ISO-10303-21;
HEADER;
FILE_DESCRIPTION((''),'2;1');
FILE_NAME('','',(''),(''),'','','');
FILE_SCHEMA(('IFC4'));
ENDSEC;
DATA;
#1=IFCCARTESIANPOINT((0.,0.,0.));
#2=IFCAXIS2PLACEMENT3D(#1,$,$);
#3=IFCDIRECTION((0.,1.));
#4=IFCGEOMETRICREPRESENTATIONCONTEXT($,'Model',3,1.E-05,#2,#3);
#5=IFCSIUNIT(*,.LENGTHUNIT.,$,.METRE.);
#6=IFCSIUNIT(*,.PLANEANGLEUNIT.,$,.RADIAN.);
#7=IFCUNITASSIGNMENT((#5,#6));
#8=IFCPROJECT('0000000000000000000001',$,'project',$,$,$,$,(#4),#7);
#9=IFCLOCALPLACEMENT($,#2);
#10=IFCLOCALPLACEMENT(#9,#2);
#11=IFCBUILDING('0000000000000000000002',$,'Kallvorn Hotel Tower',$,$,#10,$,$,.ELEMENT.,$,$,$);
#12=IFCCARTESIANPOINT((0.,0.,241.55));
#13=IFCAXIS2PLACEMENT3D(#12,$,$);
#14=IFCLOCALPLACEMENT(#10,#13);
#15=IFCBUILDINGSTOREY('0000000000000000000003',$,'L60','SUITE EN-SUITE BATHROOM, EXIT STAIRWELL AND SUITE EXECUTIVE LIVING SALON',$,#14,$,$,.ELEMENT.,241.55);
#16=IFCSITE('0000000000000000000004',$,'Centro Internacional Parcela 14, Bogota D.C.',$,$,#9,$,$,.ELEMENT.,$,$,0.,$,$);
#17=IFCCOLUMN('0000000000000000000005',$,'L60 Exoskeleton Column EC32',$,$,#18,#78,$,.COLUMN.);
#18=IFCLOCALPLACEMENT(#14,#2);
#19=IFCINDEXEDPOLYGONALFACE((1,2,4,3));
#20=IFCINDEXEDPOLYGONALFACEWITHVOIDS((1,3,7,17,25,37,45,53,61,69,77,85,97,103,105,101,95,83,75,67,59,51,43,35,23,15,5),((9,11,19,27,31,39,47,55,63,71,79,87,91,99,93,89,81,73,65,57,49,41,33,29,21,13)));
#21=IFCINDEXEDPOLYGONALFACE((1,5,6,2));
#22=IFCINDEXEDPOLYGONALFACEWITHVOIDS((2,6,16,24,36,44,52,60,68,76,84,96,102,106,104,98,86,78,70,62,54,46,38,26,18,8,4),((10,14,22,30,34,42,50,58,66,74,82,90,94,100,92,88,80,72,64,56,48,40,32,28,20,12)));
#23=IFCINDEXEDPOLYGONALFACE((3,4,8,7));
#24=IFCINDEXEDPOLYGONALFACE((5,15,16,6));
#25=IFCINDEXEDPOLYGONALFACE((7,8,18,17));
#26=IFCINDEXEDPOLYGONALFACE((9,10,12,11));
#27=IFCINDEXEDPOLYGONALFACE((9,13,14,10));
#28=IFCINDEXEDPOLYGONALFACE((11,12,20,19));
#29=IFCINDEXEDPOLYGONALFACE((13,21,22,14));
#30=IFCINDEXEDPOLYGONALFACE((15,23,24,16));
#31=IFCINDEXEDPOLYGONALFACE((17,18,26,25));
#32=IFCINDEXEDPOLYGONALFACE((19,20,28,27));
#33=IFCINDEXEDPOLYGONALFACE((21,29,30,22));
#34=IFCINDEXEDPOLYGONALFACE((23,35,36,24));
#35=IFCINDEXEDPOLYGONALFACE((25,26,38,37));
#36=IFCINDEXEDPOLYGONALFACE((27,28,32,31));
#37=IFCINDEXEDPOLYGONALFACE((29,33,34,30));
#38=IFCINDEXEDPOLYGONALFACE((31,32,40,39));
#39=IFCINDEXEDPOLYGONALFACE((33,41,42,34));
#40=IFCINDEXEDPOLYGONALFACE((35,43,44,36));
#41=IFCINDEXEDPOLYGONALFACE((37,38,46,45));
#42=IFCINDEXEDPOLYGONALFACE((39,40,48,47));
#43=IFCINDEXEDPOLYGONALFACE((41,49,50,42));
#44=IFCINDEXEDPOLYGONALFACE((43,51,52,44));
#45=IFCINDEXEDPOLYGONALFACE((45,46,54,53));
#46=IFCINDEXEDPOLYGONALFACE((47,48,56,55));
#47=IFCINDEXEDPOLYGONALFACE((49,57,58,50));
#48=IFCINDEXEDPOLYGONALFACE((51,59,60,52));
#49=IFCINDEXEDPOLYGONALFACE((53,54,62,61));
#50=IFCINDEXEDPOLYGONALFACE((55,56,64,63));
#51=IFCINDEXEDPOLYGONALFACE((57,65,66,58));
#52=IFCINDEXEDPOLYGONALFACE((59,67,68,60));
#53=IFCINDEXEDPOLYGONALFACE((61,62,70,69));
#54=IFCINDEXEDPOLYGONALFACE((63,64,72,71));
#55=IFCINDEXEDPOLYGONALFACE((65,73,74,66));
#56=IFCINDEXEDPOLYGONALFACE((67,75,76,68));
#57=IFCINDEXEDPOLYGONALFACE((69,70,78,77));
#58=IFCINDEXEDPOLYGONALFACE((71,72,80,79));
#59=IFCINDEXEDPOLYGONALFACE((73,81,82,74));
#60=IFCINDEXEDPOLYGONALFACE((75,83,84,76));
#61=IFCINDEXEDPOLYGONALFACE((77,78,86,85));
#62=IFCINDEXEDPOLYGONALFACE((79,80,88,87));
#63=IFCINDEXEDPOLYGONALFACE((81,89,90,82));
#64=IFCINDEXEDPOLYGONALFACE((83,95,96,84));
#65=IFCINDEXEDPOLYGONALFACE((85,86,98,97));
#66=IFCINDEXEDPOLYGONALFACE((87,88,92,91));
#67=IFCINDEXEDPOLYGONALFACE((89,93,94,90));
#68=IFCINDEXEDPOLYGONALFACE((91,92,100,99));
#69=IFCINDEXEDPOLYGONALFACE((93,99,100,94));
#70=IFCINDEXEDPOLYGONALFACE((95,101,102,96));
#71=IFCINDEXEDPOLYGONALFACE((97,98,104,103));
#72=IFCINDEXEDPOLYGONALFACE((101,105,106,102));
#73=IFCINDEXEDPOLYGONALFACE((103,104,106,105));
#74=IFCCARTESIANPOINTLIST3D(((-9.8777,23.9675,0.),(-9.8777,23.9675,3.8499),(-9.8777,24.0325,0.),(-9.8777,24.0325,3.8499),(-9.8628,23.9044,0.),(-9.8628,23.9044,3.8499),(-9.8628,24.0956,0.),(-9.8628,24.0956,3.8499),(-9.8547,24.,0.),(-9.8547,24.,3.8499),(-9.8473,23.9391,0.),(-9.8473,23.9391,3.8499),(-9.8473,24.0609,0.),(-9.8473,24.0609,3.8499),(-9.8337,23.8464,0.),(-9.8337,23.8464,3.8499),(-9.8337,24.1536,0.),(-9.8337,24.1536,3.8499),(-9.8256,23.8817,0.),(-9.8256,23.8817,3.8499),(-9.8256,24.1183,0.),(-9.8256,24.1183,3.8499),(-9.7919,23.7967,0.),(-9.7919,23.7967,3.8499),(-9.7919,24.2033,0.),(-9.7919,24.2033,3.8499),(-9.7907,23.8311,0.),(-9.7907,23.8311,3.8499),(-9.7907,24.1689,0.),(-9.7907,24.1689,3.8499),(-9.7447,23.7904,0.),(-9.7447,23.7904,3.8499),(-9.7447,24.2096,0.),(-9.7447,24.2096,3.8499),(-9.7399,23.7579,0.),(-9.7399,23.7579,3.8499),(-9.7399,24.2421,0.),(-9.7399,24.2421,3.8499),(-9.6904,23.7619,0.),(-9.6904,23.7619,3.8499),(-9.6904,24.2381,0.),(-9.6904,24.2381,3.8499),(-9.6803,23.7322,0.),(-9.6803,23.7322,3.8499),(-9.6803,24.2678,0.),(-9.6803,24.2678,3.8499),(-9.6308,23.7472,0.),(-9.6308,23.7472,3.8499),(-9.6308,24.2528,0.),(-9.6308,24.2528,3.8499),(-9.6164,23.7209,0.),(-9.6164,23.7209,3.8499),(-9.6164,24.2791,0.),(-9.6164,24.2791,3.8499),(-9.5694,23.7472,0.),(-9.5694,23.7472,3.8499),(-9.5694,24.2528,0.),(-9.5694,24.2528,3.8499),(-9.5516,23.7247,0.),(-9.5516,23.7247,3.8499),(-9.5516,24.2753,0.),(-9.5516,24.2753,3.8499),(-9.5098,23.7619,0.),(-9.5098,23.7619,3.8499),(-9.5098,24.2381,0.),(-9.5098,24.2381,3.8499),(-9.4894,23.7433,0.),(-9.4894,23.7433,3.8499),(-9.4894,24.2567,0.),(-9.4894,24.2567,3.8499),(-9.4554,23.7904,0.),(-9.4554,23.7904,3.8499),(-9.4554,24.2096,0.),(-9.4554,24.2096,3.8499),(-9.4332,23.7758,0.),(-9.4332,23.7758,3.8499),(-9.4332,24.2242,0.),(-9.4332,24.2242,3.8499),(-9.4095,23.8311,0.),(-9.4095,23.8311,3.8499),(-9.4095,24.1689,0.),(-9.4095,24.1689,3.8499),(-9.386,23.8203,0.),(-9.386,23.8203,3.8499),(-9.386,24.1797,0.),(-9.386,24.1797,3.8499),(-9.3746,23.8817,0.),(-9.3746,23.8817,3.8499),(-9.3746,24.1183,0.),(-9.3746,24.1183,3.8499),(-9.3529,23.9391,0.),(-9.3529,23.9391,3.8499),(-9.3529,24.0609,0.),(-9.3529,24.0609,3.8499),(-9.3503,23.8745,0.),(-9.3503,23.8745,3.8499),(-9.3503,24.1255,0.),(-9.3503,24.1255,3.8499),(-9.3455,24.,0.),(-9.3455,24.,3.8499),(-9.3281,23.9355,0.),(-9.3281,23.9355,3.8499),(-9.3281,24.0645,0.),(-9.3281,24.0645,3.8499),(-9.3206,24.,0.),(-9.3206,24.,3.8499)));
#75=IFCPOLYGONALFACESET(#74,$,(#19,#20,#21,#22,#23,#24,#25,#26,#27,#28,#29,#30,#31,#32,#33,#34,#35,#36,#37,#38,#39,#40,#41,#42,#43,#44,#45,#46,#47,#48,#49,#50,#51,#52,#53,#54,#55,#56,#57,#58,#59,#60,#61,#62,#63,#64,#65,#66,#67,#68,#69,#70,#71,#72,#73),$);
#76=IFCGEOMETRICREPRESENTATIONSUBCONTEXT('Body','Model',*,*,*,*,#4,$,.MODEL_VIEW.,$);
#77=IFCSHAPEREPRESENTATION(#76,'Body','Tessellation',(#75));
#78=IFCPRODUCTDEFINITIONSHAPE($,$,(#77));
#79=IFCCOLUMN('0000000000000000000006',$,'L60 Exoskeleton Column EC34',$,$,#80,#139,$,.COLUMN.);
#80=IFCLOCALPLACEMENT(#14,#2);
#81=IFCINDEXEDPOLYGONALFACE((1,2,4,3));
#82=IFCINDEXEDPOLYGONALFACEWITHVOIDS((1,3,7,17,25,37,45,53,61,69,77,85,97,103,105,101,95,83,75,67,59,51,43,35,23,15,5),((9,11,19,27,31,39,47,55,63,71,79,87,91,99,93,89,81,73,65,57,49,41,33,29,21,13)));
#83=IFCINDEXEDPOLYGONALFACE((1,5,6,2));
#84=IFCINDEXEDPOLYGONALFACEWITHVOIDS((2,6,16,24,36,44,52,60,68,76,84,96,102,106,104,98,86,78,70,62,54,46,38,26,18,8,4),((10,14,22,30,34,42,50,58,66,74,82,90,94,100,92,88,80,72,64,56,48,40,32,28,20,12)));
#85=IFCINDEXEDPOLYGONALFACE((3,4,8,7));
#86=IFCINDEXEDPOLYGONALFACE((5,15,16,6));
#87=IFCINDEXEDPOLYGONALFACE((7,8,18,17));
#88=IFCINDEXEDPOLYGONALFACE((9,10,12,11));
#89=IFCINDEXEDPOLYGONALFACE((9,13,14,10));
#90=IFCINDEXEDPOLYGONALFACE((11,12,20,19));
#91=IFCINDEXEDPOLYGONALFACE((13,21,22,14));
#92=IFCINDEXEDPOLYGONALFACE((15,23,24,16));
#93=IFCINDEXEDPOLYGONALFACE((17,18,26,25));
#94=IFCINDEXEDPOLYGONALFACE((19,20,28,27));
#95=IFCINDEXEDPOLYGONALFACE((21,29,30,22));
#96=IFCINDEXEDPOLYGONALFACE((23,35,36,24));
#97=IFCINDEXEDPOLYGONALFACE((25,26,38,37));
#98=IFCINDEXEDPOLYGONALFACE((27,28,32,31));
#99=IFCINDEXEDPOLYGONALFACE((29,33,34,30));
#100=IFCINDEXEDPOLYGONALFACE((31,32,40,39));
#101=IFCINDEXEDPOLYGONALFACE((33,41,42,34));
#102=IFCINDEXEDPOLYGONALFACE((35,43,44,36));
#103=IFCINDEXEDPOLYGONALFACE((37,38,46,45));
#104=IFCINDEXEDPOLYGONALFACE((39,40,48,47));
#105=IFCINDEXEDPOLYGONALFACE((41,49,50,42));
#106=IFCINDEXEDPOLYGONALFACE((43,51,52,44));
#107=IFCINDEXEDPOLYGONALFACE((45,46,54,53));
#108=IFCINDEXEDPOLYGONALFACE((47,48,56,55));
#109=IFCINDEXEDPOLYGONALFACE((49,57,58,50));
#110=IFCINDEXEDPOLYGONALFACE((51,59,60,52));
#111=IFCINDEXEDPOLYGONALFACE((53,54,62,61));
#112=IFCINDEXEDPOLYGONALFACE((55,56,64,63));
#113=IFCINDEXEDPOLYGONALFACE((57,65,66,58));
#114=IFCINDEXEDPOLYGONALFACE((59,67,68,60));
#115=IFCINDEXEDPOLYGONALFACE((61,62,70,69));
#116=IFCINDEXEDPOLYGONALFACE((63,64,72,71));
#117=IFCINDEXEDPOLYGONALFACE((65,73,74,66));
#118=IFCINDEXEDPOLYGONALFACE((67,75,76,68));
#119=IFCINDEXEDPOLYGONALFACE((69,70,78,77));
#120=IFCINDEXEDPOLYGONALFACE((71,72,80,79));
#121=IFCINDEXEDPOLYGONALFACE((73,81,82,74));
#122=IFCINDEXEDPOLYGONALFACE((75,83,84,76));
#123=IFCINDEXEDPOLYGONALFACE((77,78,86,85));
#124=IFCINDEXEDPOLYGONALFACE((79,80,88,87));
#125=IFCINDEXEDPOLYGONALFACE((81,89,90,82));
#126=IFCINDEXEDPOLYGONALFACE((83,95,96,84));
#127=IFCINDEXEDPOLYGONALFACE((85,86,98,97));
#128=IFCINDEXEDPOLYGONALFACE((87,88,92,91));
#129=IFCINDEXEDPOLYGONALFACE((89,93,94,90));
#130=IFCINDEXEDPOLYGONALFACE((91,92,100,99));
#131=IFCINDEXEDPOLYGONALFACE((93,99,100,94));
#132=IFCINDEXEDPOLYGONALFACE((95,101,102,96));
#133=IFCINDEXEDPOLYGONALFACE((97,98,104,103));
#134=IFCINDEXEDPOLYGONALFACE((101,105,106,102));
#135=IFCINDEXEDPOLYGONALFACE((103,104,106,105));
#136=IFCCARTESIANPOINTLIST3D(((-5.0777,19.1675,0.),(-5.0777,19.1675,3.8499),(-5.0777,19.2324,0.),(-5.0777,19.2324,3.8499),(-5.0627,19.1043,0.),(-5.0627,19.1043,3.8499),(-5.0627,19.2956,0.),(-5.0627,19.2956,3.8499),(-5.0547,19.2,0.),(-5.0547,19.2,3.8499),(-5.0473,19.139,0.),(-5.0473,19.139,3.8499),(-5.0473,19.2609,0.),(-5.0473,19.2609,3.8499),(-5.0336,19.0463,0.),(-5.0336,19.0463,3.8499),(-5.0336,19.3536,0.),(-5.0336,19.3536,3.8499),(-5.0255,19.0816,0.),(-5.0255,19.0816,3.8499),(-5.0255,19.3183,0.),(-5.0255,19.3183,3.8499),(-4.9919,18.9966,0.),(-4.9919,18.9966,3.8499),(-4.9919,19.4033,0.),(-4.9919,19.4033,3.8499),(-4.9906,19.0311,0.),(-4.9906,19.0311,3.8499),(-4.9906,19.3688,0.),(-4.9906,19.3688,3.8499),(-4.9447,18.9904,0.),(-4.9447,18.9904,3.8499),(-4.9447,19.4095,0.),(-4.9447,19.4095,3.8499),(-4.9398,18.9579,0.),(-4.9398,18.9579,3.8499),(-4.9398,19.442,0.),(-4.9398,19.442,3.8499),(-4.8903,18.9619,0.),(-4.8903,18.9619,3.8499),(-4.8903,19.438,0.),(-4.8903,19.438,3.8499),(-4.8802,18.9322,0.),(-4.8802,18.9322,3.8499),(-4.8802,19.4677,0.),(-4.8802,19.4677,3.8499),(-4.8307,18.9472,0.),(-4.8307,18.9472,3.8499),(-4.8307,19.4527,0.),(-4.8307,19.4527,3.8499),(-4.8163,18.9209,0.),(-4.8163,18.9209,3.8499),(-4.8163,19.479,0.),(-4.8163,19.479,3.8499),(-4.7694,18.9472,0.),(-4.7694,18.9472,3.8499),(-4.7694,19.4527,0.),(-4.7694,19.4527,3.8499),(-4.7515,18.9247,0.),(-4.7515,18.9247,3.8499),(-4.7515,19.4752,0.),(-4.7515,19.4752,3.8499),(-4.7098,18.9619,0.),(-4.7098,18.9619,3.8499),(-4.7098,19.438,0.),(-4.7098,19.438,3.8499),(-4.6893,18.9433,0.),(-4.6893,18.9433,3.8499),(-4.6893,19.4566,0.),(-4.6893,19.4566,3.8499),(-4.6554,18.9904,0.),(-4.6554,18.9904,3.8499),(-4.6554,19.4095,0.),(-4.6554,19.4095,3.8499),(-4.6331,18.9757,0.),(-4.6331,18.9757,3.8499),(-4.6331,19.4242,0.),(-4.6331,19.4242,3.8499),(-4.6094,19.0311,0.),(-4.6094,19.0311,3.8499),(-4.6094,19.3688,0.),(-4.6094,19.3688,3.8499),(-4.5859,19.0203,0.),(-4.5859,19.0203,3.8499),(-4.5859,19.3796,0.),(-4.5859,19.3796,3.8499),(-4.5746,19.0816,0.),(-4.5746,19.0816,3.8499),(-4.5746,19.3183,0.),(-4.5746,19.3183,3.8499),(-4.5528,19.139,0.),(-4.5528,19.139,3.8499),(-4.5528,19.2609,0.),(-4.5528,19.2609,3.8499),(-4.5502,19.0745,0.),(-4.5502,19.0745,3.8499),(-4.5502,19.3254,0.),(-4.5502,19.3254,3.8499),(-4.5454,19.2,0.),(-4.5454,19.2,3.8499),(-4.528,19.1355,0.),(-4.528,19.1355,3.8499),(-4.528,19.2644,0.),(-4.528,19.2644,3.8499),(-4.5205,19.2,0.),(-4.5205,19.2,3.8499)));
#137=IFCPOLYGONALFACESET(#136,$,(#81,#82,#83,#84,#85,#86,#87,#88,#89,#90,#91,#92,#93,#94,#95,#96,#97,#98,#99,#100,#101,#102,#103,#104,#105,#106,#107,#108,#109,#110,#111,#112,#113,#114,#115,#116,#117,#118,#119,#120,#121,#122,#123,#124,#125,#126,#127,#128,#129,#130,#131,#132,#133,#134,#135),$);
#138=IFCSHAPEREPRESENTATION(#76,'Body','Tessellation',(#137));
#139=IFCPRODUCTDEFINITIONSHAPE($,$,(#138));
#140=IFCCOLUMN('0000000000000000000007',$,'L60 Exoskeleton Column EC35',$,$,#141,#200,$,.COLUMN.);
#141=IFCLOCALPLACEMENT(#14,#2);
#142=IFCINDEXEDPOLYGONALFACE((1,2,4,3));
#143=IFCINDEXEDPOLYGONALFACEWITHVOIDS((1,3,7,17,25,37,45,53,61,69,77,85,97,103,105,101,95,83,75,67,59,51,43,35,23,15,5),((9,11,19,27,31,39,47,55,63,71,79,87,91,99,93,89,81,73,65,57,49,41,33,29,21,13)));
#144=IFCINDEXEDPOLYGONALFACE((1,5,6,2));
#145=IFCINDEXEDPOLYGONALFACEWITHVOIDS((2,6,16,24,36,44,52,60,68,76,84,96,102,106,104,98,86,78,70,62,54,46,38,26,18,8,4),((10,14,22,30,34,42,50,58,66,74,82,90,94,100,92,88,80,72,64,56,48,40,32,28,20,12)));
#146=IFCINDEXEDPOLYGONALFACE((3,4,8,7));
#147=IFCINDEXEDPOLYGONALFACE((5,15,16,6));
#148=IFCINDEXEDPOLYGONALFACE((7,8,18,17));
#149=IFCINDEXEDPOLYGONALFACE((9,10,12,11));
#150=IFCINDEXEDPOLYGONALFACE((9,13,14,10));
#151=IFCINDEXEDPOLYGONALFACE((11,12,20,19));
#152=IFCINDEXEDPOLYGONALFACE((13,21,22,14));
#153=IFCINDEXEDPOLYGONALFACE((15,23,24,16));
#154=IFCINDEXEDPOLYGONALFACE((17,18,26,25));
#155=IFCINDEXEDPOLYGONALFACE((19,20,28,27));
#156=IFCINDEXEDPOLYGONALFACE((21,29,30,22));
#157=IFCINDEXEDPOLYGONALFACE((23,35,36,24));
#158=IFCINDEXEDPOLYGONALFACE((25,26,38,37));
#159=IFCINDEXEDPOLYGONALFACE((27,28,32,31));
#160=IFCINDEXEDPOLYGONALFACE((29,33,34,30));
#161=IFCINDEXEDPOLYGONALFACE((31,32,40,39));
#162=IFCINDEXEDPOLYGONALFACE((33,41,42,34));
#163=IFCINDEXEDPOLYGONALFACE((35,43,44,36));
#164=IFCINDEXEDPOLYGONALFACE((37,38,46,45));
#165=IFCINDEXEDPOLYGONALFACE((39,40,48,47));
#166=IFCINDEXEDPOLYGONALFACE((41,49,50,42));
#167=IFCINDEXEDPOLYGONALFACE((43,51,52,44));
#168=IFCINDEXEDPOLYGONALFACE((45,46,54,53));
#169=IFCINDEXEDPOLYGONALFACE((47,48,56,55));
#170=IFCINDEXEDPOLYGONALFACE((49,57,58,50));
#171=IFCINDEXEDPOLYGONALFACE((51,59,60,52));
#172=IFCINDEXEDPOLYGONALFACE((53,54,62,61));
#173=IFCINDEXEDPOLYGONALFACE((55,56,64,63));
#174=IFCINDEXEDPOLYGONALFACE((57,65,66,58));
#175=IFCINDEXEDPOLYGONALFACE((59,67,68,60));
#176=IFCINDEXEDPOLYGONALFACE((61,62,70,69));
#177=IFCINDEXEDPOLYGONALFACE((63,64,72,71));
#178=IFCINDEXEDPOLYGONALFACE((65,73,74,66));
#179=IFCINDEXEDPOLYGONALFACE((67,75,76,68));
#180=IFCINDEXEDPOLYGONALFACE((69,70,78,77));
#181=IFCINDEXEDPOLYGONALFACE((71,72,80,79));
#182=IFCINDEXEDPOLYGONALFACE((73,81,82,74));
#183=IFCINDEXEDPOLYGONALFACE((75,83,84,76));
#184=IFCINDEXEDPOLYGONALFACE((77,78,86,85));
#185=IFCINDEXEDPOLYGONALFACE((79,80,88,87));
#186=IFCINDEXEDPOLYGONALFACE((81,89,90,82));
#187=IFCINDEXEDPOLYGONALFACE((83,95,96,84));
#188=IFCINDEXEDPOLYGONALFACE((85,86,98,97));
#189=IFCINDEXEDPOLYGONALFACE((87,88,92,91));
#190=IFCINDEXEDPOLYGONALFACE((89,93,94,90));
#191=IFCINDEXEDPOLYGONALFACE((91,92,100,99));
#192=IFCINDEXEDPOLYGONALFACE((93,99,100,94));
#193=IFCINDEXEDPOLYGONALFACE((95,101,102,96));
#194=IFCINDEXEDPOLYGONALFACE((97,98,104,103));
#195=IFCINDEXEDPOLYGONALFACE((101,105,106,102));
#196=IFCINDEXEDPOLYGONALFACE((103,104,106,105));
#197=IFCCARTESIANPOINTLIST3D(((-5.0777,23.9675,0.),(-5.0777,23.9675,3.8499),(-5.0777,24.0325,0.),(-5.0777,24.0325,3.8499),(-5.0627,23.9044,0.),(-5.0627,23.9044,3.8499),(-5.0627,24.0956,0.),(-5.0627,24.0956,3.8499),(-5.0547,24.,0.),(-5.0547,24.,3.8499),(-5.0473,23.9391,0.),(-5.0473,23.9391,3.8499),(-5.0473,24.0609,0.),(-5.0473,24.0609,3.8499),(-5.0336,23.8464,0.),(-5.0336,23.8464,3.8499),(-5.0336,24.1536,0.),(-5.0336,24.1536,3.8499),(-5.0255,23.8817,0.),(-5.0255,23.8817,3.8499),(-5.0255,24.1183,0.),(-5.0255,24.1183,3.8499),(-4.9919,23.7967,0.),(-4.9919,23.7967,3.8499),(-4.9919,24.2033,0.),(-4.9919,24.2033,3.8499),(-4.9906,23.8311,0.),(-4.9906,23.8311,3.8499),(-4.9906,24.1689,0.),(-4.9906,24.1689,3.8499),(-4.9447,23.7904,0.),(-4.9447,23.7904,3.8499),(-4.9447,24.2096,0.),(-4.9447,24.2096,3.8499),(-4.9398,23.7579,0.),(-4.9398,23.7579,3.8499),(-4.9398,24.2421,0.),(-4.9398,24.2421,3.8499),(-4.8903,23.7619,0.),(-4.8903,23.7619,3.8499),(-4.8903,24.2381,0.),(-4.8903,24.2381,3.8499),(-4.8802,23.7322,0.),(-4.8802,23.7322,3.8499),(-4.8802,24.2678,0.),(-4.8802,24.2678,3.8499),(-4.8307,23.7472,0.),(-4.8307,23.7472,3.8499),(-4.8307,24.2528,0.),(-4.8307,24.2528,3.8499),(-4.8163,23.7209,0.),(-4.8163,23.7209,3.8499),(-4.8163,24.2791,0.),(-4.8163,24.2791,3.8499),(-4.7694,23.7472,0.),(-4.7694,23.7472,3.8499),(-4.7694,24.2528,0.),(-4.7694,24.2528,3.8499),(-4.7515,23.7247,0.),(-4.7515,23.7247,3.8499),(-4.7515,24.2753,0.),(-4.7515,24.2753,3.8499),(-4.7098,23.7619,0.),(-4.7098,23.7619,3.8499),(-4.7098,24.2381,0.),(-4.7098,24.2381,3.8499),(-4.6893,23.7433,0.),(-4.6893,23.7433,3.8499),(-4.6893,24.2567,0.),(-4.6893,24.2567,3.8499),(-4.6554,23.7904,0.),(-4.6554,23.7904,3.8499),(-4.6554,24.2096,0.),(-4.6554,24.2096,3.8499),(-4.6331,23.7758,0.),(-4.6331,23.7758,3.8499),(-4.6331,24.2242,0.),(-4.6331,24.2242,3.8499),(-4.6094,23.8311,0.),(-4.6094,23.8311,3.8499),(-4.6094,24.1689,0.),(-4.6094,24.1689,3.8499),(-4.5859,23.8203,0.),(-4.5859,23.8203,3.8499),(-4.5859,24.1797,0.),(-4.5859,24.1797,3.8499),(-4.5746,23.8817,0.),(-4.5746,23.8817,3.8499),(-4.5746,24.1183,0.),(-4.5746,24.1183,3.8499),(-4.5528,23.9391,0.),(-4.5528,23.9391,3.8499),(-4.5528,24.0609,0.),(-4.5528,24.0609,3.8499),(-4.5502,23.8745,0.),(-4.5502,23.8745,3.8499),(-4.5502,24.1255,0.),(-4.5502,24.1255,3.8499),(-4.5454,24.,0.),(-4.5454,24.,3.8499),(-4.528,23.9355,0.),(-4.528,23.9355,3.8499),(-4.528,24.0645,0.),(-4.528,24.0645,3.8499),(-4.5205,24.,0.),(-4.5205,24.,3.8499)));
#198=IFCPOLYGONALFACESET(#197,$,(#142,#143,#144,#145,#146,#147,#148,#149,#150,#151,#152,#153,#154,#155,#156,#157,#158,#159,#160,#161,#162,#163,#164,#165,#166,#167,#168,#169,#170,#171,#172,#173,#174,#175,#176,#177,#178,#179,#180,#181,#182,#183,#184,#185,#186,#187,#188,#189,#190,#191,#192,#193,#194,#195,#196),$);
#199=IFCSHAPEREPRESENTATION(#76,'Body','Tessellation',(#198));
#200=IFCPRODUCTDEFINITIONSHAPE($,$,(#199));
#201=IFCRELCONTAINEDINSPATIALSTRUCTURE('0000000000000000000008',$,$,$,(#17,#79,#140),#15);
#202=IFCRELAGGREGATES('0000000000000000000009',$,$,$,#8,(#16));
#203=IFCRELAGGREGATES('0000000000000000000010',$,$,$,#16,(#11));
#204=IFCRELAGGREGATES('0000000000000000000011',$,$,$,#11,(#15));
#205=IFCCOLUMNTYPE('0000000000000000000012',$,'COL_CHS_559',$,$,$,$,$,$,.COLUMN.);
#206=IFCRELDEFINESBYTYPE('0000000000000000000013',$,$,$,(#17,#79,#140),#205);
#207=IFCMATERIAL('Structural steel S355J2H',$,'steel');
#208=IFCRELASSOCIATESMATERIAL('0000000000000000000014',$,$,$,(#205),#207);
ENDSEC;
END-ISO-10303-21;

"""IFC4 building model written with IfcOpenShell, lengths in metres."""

from ifc_helpers import new_model, si_unit, direction, frame, origin, origin_2d, place, context, subcontext, project, spatial, hollow_circle, extrude, material, material_profile, profile_set, type_object, element, save


model = new_model("IFC4")

# Units and contexts
model_context = context("Model", 3, precision=1e-05, world=origin(), true_north=direction((0.0, 1.0)))
body_context = subcontext(model_context, "Body", "Model", "MODEL_VIEW")
ifc_project = project(units=[si_unit("LENGTHUNIT", "METRE"), si_unit("PLANEANGLEUNIT", "RADIAN")], contexts=[model_context])

# Site, building, storey
site_placement = place(None, origin())
site = spatial("IfcSite", under=ifc_project, at=site_placement, Name="Centro Internacional Parcela 14, Bogota D.C.", CompositionType="ELEMENT", RefElevation=0.0)
building_placement = place(site_placement, origin())
building = spatial("IfcBuilding", under=site, at=building_placement, Name="Kallvorn Hotel Tower", CompositionType="ELEMENT")
storey_placement = place(building_placement, frame((0.0, 0.0, 241.55)))
storey = spatial("IfcBuildingStorey", under=building, at=storey_placement, Name="L60", Description="SUITE EN-SUITE BATHROOM, EXIT STAIRWELL AND SUITE EXECUTIVE LIVING SALON", CompositionType="ELEMENT", Elevation=241.55)

# Columns
ifc_material_1 = material(Name="Structural steel S355J2H", Category="steel")
ifc_material_profile_1 = material_profile(ifc_material_1, hollow_circle(Radius=0.2795, WallThickness=0.0249, at=origin_2d()), Name="CHS 559x25")
ifc_profile_set_1 = profile_set([ifc_material_profile_1], Name="Structural steel S355J2H")
column_type_1 = type_object("IfcColumnType", Name="COL_CHS_559", PredefinedType="COLUMN", material=ifc_profile_set_1)
for number, where, z_axis, x_axis, name in (
    (1, (-9.6001, 24.0, 0.0), (0.0, 0.0, 1.0), (1.0, 0.0, 0.0), "L60 Exoskeleton Column EC32"),
    (2, (-4.8, 19.2, 0.0), (0.0, 0.0, 1.0), (1.0, 0.0, 0.0), "L60 Exoskeleton Column EC34"),
    (3, (-4.8, 24.0, 0.0), (0.0, 0.0, 1.0), (1.0, 0.0, 0.0), "L60 Exoskeleton Column EC35"),
):
    element("IfcColumn", number, at=place(storey_placement, frame(where, z_axis=z_axis, x_axis=x_axis)), inside=storey, type_object=column_type_1, Name=name, PredefinedType="COLUMN", context=body_context, shape_type="SweptSolid", body=[
        extrude(hollow_circle(Radius=0.2795, WallThickness=0.0249, at=origin_2d()), origin(), (0.0, 0.0, 1.0), 3.8499),
    ])

save(model, "model.ifc")
